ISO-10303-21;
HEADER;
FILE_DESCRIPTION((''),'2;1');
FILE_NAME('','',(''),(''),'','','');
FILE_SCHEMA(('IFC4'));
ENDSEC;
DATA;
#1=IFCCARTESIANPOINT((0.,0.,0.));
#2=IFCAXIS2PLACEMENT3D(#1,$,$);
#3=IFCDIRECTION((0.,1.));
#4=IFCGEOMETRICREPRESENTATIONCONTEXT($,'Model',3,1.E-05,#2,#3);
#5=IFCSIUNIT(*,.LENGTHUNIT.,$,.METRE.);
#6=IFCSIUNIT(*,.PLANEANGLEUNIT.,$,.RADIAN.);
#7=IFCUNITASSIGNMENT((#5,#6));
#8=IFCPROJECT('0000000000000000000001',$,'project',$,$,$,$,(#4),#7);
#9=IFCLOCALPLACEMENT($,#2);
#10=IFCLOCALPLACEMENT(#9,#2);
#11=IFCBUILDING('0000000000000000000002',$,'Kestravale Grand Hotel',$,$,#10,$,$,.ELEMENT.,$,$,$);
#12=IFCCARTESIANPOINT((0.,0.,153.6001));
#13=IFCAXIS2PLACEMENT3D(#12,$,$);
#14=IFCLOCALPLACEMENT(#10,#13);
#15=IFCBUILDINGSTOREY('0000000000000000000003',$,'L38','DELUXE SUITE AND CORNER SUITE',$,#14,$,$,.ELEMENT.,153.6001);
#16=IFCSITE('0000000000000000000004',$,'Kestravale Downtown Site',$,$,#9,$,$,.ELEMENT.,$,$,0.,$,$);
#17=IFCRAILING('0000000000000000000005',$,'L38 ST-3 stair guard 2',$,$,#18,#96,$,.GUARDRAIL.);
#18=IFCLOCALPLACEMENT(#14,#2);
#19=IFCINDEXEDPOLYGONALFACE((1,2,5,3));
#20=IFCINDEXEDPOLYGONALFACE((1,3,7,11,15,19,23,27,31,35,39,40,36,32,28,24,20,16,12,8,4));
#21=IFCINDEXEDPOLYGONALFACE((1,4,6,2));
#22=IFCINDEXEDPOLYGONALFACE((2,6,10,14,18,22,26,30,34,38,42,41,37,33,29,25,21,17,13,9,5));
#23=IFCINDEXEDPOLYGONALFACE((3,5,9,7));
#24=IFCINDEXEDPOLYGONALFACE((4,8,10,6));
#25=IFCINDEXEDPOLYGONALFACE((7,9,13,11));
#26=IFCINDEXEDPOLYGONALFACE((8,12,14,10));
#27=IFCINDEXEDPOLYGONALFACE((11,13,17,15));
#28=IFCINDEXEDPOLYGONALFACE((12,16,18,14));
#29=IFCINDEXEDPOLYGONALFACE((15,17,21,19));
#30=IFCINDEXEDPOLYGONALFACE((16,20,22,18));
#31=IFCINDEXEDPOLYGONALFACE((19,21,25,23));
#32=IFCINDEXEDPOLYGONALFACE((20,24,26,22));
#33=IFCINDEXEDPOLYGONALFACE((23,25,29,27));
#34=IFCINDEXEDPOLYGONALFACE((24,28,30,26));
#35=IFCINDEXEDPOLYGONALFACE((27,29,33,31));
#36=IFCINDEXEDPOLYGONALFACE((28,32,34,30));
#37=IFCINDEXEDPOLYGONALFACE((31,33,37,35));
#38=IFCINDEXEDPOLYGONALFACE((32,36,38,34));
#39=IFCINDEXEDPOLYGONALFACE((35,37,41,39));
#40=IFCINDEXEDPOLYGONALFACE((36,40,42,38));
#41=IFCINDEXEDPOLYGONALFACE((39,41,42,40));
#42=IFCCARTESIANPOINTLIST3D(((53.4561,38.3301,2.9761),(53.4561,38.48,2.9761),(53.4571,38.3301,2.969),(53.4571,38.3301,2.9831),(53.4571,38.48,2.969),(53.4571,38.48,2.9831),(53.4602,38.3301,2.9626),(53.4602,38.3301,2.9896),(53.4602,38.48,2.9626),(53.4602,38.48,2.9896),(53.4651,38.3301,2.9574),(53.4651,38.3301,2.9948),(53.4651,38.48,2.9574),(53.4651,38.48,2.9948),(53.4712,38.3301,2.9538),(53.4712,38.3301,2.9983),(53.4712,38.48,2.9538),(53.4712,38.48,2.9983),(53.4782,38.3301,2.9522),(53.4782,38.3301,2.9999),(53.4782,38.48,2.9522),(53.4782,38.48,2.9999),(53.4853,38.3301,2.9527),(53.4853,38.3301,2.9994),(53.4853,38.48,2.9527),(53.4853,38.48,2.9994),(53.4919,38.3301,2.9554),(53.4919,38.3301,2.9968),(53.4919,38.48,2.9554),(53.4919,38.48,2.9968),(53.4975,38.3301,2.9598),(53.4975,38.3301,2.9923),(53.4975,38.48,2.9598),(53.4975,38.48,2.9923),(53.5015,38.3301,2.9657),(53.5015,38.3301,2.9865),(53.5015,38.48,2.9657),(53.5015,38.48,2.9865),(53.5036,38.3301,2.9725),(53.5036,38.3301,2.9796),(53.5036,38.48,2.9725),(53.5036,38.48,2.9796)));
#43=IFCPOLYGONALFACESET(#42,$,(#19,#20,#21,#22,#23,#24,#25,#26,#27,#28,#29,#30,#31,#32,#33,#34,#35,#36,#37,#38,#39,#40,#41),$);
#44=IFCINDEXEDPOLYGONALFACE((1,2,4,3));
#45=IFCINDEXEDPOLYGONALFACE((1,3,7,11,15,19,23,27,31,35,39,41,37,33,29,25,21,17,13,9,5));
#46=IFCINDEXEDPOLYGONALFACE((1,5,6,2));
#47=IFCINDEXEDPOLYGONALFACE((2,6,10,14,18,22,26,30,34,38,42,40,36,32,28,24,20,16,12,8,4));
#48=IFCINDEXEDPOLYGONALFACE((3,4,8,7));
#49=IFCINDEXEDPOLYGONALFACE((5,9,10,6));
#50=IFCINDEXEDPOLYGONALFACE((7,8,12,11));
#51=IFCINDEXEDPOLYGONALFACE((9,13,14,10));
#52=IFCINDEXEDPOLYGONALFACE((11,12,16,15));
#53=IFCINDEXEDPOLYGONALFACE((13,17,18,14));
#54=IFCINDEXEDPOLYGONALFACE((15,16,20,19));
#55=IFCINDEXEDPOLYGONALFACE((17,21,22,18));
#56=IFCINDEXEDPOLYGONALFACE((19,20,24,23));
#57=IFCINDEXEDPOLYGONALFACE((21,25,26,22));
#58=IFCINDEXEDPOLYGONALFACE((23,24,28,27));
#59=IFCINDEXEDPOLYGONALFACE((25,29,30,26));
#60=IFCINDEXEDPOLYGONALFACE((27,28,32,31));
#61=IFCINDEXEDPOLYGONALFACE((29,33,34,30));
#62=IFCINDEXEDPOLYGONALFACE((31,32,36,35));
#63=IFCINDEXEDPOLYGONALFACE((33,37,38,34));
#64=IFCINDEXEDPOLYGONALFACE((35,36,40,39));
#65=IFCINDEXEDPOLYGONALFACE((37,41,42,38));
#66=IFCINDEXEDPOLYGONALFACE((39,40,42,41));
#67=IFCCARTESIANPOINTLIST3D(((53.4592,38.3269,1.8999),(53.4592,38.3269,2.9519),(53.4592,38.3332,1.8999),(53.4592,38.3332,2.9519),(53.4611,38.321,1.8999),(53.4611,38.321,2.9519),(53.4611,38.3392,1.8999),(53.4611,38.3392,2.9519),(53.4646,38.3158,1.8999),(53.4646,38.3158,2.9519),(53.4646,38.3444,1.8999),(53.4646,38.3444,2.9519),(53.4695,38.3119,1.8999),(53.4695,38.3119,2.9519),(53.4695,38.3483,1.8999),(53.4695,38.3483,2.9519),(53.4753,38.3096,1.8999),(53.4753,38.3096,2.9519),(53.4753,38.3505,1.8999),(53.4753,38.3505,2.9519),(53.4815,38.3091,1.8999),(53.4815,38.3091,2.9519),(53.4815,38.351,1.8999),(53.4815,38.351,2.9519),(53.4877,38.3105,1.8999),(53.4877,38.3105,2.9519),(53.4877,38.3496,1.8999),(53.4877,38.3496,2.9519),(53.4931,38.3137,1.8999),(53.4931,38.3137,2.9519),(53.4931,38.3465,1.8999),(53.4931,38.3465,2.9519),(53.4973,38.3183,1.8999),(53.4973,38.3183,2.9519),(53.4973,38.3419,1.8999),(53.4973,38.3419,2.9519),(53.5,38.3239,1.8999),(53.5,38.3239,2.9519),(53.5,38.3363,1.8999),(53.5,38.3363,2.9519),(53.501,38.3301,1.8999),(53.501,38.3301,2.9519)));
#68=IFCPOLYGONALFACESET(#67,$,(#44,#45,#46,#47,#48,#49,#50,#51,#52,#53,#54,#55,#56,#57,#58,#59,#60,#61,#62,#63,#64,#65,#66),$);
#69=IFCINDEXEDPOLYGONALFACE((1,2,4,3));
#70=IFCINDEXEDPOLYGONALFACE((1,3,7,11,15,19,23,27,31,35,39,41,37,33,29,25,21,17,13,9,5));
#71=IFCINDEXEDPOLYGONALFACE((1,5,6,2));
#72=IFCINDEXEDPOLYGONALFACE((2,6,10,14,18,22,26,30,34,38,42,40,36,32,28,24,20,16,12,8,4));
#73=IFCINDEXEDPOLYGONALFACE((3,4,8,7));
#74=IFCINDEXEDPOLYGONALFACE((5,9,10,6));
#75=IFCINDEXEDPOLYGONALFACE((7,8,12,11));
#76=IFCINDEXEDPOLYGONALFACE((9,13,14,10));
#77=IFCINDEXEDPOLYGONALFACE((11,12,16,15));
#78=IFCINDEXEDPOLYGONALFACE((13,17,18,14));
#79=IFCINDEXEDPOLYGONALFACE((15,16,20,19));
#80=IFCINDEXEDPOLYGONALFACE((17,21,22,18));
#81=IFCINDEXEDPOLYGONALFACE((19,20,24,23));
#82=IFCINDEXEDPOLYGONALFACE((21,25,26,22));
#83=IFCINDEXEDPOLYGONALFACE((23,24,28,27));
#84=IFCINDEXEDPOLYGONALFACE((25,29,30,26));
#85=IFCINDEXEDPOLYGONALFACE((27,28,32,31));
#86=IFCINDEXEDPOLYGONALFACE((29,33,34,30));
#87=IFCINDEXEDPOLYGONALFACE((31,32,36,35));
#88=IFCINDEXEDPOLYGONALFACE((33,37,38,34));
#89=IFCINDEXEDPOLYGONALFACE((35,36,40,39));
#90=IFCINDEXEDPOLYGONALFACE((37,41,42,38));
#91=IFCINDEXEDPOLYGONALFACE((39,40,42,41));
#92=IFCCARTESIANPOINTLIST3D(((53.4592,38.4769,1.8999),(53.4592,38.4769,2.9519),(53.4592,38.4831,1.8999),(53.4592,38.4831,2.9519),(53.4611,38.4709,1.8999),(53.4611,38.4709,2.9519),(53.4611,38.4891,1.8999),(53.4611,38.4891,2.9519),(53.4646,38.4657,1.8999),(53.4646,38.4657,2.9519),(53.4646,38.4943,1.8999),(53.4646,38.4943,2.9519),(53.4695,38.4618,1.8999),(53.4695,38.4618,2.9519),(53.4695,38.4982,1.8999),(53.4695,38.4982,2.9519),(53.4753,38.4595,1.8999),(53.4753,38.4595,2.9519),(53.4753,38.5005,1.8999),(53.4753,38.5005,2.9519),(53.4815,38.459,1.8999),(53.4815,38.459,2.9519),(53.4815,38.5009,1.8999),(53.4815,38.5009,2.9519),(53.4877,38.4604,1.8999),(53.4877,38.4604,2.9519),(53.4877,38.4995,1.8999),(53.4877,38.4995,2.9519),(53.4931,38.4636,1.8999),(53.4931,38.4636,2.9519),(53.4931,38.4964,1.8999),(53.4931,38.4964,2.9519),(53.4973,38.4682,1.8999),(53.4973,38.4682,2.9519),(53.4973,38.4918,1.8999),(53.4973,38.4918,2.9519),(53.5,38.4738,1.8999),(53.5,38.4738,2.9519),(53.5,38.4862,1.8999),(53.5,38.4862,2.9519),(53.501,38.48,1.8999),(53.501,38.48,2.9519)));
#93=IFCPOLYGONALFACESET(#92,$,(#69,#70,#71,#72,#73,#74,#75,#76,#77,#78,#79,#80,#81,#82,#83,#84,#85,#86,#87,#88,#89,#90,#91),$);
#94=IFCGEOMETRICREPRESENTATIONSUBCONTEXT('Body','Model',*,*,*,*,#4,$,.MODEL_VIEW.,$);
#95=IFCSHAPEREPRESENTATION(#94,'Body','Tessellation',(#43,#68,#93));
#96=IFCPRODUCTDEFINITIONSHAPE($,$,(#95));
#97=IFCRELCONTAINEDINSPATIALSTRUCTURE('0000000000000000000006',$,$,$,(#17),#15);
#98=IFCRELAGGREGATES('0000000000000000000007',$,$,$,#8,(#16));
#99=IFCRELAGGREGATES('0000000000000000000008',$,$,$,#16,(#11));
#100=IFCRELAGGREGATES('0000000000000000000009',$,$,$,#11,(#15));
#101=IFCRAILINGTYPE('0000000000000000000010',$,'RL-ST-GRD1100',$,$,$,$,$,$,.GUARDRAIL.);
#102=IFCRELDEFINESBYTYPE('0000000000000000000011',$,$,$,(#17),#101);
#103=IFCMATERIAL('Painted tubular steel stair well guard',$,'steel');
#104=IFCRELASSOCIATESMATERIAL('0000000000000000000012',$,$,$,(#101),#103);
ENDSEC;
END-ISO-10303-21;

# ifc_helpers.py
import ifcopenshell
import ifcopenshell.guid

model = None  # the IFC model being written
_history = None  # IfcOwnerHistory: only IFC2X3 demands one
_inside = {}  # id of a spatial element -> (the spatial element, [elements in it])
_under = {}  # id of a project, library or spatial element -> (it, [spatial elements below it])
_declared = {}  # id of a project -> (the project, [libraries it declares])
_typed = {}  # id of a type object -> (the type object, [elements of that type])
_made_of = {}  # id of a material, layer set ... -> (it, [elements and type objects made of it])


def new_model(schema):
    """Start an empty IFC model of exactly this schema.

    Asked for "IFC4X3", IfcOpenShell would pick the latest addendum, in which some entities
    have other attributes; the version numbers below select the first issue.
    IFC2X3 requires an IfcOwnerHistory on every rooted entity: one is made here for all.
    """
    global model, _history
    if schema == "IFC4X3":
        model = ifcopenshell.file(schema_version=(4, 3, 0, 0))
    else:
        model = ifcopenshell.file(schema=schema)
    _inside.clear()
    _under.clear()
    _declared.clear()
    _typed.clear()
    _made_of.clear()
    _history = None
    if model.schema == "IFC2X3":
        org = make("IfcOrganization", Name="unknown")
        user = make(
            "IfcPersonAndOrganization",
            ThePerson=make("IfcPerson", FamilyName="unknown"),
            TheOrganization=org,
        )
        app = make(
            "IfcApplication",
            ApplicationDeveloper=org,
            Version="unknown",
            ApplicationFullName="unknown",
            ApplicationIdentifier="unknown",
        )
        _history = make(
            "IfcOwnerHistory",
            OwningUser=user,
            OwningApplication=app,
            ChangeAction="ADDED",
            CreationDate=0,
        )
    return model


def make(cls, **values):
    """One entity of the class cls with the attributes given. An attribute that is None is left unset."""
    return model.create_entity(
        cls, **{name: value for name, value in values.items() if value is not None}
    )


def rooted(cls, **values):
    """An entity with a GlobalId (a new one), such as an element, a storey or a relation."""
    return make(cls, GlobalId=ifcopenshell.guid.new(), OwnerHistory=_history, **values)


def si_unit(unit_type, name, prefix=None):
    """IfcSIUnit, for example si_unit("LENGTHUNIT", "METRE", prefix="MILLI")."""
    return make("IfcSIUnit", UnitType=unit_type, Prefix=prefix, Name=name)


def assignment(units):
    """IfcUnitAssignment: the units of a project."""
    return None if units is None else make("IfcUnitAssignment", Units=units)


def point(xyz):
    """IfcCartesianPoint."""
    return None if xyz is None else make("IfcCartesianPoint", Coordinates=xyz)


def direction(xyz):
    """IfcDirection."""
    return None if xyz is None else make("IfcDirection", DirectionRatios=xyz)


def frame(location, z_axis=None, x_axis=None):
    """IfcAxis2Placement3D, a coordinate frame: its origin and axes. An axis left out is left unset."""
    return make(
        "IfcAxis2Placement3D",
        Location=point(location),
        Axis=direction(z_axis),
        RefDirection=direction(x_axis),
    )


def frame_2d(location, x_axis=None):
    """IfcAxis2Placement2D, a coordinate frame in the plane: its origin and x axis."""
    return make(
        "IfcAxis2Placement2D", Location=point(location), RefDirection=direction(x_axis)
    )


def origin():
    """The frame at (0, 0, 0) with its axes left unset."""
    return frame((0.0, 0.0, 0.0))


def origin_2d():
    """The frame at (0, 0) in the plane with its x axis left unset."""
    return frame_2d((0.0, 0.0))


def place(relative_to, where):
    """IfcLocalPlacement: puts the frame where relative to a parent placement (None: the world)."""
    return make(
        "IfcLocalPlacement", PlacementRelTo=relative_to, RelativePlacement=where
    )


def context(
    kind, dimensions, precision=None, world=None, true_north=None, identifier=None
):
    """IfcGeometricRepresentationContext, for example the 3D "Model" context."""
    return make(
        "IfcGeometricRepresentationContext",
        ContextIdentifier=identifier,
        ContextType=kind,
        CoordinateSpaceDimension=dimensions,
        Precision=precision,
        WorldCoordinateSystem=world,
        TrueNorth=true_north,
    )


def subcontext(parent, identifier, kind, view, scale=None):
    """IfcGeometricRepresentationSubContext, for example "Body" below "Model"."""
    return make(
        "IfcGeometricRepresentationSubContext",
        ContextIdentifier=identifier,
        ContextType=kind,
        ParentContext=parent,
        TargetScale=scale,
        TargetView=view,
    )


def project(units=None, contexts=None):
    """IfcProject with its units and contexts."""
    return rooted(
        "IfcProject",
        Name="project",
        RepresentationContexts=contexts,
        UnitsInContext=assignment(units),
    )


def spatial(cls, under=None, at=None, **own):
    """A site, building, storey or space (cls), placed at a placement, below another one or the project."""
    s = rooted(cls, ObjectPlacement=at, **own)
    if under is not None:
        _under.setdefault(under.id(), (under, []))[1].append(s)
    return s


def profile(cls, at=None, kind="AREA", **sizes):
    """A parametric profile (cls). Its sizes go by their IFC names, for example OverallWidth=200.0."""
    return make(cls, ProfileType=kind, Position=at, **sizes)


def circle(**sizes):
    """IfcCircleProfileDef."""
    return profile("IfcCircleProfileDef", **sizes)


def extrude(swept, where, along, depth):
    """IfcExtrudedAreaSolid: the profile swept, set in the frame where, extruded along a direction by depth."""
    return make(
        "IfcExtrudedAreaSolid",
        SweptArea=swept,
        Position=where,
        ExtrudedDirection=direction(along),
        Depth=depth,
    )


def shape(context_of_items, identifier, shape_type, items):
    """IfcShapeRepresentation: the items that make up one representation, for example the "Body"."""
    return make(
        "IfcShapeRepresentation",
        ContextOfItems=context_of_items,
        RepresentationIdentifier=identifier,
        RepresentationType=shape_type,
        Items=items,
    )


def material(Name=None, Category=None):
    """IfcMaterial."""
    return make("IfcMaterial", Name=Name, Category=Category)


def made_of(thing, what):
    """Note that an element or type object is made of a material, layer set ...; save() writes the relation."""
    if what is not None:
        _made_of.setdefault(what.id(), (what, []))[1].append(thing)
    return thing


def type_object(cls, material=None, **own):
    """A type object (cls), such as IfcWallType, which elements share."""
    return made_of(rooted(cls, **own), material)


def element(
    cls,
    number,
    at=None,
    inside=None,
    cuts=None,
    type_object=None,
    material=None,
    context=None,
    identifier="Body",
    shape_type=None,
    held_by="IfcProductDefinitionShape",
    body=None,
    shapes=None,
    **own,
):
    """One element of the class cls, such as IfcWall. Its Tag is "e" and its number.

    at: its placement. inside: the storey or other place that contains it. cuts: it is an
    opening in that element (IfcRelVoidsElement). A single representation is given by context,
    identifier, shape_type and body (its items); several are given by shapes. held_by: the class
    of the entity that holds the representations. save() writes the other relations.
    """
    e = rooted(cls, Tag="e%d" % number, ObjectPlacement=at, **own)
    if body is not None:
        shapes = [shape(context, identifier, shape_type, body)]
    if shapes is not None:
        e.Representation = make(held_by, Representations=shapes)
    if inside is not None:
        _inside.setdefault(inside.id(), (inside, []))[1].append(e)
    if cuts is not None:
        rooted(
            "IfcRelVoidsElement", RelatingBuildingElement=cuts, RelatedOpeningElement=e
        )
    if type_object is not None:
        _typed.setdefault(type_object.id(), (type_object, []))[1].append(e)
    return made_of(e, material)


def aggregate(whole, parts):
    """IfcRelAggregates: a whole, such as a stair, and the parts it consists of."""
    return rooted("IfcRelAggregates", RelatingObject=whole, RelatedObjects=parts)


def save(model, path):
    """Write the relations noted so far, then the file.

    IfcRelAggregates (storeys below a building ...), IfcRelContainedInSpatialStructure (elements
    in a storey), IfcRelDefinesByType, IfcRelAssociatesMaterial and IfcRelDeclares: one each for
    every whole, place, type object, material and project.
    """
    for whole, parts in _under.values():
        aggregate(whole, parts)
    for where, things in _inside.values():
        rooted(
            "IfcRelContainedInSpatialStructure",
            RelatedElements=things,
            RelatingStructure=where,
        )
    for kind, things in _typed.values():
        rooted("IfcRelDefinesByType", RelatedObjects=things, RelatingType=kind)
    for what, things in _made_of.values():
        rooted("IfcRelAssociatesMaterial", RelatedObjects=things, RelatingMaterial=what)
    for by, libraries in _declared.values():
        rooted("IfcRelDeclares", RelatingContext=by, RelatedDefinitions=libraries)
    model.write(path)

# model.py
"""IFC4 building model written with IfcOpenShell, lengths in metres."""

from ifc_helpers import new_model, si_unit, direction, frame, origin, origin_2d, place, context, subcontext, project, spatial, circle, extrude, material, type_object, element, save


model = new_model("IFC4")

# Units and contexts
model_context = context("Model", 3, precision=1e-05, world=origin(), true_north=direction((0.0, 1.0)))
body_context = subcontext(model_context, "Body", "Model", "MODEL_VIEW")
ifc_project = project(units=[si_unit("LENGTHUNIT", "METRE"), si_unit("PLANEANGLEUNIT", "RADIAN")], contexts=[model_context])

# Site, building, storey
site_placement = place(None, origin())
site = spatial("IfcSite", under=ifc_project, at=site_placement, Name="Kestravale Downtown Site", CompositionType="ELEMENT", RefElevation=0.0)
building_placement = place(site_placement, origin())
building = spatial("IfcBuilding", under=site, at=building_placement, Name="Kestravale Grand Hotel", CompositionType="ELEMENT")
storey_placement = place(building_placement, frame((0.0, 0.0, 153.6001)))
storey = spatial("IfcBuildingStorey", under=building, at=storey_placement, Name="L38", Description="DELUXE SUITE AND CORNER SUITE", CompositionType="ELEMENT", Elevation=153.6001)

# Railing
ifc_material_1 = material(Name="Painted tubular steel stair well guard", Category="steel")
railing_type_1 = type_object("IfcRailingType", Name="RL-ST-GRD1100", PredefinedType="GUARDRAIL", material=ifc_material_1)
railing_1_placement = place(storey_placement, frame((53.48, 38.3301, 1.8999)))
element("IfcRailing", 1, at=railing_1_placement, inside=storey, type_object=railing_type_1, Name="L38 ST-3 stair guard 2", PredefinedType="GUARDRAIL", context=body_context, shape_type="SweptSolid", body=[
    extrude(circle(Radius=0.0239, at=origin_2d()), frame((0.0, 0.0, 1.0762), z_axis=(0.0, 1.0, 0.0), x_axis=(-1.0, 0.0, 0.0)), (0.0, 0.0, 1.0), 0.1499),
    extrude(circle(Radius=0.021, at=origin_2d()), origin(), (0.0, 0.0, 1.0), 1.052),
    extrude(circle(Radius=0.021, at=origin_2d()), frame((0.0, 0.1499, 0.0)), (0.0, 0.0, 1.0), 1.052),
])

save(model, "model.ifc")
